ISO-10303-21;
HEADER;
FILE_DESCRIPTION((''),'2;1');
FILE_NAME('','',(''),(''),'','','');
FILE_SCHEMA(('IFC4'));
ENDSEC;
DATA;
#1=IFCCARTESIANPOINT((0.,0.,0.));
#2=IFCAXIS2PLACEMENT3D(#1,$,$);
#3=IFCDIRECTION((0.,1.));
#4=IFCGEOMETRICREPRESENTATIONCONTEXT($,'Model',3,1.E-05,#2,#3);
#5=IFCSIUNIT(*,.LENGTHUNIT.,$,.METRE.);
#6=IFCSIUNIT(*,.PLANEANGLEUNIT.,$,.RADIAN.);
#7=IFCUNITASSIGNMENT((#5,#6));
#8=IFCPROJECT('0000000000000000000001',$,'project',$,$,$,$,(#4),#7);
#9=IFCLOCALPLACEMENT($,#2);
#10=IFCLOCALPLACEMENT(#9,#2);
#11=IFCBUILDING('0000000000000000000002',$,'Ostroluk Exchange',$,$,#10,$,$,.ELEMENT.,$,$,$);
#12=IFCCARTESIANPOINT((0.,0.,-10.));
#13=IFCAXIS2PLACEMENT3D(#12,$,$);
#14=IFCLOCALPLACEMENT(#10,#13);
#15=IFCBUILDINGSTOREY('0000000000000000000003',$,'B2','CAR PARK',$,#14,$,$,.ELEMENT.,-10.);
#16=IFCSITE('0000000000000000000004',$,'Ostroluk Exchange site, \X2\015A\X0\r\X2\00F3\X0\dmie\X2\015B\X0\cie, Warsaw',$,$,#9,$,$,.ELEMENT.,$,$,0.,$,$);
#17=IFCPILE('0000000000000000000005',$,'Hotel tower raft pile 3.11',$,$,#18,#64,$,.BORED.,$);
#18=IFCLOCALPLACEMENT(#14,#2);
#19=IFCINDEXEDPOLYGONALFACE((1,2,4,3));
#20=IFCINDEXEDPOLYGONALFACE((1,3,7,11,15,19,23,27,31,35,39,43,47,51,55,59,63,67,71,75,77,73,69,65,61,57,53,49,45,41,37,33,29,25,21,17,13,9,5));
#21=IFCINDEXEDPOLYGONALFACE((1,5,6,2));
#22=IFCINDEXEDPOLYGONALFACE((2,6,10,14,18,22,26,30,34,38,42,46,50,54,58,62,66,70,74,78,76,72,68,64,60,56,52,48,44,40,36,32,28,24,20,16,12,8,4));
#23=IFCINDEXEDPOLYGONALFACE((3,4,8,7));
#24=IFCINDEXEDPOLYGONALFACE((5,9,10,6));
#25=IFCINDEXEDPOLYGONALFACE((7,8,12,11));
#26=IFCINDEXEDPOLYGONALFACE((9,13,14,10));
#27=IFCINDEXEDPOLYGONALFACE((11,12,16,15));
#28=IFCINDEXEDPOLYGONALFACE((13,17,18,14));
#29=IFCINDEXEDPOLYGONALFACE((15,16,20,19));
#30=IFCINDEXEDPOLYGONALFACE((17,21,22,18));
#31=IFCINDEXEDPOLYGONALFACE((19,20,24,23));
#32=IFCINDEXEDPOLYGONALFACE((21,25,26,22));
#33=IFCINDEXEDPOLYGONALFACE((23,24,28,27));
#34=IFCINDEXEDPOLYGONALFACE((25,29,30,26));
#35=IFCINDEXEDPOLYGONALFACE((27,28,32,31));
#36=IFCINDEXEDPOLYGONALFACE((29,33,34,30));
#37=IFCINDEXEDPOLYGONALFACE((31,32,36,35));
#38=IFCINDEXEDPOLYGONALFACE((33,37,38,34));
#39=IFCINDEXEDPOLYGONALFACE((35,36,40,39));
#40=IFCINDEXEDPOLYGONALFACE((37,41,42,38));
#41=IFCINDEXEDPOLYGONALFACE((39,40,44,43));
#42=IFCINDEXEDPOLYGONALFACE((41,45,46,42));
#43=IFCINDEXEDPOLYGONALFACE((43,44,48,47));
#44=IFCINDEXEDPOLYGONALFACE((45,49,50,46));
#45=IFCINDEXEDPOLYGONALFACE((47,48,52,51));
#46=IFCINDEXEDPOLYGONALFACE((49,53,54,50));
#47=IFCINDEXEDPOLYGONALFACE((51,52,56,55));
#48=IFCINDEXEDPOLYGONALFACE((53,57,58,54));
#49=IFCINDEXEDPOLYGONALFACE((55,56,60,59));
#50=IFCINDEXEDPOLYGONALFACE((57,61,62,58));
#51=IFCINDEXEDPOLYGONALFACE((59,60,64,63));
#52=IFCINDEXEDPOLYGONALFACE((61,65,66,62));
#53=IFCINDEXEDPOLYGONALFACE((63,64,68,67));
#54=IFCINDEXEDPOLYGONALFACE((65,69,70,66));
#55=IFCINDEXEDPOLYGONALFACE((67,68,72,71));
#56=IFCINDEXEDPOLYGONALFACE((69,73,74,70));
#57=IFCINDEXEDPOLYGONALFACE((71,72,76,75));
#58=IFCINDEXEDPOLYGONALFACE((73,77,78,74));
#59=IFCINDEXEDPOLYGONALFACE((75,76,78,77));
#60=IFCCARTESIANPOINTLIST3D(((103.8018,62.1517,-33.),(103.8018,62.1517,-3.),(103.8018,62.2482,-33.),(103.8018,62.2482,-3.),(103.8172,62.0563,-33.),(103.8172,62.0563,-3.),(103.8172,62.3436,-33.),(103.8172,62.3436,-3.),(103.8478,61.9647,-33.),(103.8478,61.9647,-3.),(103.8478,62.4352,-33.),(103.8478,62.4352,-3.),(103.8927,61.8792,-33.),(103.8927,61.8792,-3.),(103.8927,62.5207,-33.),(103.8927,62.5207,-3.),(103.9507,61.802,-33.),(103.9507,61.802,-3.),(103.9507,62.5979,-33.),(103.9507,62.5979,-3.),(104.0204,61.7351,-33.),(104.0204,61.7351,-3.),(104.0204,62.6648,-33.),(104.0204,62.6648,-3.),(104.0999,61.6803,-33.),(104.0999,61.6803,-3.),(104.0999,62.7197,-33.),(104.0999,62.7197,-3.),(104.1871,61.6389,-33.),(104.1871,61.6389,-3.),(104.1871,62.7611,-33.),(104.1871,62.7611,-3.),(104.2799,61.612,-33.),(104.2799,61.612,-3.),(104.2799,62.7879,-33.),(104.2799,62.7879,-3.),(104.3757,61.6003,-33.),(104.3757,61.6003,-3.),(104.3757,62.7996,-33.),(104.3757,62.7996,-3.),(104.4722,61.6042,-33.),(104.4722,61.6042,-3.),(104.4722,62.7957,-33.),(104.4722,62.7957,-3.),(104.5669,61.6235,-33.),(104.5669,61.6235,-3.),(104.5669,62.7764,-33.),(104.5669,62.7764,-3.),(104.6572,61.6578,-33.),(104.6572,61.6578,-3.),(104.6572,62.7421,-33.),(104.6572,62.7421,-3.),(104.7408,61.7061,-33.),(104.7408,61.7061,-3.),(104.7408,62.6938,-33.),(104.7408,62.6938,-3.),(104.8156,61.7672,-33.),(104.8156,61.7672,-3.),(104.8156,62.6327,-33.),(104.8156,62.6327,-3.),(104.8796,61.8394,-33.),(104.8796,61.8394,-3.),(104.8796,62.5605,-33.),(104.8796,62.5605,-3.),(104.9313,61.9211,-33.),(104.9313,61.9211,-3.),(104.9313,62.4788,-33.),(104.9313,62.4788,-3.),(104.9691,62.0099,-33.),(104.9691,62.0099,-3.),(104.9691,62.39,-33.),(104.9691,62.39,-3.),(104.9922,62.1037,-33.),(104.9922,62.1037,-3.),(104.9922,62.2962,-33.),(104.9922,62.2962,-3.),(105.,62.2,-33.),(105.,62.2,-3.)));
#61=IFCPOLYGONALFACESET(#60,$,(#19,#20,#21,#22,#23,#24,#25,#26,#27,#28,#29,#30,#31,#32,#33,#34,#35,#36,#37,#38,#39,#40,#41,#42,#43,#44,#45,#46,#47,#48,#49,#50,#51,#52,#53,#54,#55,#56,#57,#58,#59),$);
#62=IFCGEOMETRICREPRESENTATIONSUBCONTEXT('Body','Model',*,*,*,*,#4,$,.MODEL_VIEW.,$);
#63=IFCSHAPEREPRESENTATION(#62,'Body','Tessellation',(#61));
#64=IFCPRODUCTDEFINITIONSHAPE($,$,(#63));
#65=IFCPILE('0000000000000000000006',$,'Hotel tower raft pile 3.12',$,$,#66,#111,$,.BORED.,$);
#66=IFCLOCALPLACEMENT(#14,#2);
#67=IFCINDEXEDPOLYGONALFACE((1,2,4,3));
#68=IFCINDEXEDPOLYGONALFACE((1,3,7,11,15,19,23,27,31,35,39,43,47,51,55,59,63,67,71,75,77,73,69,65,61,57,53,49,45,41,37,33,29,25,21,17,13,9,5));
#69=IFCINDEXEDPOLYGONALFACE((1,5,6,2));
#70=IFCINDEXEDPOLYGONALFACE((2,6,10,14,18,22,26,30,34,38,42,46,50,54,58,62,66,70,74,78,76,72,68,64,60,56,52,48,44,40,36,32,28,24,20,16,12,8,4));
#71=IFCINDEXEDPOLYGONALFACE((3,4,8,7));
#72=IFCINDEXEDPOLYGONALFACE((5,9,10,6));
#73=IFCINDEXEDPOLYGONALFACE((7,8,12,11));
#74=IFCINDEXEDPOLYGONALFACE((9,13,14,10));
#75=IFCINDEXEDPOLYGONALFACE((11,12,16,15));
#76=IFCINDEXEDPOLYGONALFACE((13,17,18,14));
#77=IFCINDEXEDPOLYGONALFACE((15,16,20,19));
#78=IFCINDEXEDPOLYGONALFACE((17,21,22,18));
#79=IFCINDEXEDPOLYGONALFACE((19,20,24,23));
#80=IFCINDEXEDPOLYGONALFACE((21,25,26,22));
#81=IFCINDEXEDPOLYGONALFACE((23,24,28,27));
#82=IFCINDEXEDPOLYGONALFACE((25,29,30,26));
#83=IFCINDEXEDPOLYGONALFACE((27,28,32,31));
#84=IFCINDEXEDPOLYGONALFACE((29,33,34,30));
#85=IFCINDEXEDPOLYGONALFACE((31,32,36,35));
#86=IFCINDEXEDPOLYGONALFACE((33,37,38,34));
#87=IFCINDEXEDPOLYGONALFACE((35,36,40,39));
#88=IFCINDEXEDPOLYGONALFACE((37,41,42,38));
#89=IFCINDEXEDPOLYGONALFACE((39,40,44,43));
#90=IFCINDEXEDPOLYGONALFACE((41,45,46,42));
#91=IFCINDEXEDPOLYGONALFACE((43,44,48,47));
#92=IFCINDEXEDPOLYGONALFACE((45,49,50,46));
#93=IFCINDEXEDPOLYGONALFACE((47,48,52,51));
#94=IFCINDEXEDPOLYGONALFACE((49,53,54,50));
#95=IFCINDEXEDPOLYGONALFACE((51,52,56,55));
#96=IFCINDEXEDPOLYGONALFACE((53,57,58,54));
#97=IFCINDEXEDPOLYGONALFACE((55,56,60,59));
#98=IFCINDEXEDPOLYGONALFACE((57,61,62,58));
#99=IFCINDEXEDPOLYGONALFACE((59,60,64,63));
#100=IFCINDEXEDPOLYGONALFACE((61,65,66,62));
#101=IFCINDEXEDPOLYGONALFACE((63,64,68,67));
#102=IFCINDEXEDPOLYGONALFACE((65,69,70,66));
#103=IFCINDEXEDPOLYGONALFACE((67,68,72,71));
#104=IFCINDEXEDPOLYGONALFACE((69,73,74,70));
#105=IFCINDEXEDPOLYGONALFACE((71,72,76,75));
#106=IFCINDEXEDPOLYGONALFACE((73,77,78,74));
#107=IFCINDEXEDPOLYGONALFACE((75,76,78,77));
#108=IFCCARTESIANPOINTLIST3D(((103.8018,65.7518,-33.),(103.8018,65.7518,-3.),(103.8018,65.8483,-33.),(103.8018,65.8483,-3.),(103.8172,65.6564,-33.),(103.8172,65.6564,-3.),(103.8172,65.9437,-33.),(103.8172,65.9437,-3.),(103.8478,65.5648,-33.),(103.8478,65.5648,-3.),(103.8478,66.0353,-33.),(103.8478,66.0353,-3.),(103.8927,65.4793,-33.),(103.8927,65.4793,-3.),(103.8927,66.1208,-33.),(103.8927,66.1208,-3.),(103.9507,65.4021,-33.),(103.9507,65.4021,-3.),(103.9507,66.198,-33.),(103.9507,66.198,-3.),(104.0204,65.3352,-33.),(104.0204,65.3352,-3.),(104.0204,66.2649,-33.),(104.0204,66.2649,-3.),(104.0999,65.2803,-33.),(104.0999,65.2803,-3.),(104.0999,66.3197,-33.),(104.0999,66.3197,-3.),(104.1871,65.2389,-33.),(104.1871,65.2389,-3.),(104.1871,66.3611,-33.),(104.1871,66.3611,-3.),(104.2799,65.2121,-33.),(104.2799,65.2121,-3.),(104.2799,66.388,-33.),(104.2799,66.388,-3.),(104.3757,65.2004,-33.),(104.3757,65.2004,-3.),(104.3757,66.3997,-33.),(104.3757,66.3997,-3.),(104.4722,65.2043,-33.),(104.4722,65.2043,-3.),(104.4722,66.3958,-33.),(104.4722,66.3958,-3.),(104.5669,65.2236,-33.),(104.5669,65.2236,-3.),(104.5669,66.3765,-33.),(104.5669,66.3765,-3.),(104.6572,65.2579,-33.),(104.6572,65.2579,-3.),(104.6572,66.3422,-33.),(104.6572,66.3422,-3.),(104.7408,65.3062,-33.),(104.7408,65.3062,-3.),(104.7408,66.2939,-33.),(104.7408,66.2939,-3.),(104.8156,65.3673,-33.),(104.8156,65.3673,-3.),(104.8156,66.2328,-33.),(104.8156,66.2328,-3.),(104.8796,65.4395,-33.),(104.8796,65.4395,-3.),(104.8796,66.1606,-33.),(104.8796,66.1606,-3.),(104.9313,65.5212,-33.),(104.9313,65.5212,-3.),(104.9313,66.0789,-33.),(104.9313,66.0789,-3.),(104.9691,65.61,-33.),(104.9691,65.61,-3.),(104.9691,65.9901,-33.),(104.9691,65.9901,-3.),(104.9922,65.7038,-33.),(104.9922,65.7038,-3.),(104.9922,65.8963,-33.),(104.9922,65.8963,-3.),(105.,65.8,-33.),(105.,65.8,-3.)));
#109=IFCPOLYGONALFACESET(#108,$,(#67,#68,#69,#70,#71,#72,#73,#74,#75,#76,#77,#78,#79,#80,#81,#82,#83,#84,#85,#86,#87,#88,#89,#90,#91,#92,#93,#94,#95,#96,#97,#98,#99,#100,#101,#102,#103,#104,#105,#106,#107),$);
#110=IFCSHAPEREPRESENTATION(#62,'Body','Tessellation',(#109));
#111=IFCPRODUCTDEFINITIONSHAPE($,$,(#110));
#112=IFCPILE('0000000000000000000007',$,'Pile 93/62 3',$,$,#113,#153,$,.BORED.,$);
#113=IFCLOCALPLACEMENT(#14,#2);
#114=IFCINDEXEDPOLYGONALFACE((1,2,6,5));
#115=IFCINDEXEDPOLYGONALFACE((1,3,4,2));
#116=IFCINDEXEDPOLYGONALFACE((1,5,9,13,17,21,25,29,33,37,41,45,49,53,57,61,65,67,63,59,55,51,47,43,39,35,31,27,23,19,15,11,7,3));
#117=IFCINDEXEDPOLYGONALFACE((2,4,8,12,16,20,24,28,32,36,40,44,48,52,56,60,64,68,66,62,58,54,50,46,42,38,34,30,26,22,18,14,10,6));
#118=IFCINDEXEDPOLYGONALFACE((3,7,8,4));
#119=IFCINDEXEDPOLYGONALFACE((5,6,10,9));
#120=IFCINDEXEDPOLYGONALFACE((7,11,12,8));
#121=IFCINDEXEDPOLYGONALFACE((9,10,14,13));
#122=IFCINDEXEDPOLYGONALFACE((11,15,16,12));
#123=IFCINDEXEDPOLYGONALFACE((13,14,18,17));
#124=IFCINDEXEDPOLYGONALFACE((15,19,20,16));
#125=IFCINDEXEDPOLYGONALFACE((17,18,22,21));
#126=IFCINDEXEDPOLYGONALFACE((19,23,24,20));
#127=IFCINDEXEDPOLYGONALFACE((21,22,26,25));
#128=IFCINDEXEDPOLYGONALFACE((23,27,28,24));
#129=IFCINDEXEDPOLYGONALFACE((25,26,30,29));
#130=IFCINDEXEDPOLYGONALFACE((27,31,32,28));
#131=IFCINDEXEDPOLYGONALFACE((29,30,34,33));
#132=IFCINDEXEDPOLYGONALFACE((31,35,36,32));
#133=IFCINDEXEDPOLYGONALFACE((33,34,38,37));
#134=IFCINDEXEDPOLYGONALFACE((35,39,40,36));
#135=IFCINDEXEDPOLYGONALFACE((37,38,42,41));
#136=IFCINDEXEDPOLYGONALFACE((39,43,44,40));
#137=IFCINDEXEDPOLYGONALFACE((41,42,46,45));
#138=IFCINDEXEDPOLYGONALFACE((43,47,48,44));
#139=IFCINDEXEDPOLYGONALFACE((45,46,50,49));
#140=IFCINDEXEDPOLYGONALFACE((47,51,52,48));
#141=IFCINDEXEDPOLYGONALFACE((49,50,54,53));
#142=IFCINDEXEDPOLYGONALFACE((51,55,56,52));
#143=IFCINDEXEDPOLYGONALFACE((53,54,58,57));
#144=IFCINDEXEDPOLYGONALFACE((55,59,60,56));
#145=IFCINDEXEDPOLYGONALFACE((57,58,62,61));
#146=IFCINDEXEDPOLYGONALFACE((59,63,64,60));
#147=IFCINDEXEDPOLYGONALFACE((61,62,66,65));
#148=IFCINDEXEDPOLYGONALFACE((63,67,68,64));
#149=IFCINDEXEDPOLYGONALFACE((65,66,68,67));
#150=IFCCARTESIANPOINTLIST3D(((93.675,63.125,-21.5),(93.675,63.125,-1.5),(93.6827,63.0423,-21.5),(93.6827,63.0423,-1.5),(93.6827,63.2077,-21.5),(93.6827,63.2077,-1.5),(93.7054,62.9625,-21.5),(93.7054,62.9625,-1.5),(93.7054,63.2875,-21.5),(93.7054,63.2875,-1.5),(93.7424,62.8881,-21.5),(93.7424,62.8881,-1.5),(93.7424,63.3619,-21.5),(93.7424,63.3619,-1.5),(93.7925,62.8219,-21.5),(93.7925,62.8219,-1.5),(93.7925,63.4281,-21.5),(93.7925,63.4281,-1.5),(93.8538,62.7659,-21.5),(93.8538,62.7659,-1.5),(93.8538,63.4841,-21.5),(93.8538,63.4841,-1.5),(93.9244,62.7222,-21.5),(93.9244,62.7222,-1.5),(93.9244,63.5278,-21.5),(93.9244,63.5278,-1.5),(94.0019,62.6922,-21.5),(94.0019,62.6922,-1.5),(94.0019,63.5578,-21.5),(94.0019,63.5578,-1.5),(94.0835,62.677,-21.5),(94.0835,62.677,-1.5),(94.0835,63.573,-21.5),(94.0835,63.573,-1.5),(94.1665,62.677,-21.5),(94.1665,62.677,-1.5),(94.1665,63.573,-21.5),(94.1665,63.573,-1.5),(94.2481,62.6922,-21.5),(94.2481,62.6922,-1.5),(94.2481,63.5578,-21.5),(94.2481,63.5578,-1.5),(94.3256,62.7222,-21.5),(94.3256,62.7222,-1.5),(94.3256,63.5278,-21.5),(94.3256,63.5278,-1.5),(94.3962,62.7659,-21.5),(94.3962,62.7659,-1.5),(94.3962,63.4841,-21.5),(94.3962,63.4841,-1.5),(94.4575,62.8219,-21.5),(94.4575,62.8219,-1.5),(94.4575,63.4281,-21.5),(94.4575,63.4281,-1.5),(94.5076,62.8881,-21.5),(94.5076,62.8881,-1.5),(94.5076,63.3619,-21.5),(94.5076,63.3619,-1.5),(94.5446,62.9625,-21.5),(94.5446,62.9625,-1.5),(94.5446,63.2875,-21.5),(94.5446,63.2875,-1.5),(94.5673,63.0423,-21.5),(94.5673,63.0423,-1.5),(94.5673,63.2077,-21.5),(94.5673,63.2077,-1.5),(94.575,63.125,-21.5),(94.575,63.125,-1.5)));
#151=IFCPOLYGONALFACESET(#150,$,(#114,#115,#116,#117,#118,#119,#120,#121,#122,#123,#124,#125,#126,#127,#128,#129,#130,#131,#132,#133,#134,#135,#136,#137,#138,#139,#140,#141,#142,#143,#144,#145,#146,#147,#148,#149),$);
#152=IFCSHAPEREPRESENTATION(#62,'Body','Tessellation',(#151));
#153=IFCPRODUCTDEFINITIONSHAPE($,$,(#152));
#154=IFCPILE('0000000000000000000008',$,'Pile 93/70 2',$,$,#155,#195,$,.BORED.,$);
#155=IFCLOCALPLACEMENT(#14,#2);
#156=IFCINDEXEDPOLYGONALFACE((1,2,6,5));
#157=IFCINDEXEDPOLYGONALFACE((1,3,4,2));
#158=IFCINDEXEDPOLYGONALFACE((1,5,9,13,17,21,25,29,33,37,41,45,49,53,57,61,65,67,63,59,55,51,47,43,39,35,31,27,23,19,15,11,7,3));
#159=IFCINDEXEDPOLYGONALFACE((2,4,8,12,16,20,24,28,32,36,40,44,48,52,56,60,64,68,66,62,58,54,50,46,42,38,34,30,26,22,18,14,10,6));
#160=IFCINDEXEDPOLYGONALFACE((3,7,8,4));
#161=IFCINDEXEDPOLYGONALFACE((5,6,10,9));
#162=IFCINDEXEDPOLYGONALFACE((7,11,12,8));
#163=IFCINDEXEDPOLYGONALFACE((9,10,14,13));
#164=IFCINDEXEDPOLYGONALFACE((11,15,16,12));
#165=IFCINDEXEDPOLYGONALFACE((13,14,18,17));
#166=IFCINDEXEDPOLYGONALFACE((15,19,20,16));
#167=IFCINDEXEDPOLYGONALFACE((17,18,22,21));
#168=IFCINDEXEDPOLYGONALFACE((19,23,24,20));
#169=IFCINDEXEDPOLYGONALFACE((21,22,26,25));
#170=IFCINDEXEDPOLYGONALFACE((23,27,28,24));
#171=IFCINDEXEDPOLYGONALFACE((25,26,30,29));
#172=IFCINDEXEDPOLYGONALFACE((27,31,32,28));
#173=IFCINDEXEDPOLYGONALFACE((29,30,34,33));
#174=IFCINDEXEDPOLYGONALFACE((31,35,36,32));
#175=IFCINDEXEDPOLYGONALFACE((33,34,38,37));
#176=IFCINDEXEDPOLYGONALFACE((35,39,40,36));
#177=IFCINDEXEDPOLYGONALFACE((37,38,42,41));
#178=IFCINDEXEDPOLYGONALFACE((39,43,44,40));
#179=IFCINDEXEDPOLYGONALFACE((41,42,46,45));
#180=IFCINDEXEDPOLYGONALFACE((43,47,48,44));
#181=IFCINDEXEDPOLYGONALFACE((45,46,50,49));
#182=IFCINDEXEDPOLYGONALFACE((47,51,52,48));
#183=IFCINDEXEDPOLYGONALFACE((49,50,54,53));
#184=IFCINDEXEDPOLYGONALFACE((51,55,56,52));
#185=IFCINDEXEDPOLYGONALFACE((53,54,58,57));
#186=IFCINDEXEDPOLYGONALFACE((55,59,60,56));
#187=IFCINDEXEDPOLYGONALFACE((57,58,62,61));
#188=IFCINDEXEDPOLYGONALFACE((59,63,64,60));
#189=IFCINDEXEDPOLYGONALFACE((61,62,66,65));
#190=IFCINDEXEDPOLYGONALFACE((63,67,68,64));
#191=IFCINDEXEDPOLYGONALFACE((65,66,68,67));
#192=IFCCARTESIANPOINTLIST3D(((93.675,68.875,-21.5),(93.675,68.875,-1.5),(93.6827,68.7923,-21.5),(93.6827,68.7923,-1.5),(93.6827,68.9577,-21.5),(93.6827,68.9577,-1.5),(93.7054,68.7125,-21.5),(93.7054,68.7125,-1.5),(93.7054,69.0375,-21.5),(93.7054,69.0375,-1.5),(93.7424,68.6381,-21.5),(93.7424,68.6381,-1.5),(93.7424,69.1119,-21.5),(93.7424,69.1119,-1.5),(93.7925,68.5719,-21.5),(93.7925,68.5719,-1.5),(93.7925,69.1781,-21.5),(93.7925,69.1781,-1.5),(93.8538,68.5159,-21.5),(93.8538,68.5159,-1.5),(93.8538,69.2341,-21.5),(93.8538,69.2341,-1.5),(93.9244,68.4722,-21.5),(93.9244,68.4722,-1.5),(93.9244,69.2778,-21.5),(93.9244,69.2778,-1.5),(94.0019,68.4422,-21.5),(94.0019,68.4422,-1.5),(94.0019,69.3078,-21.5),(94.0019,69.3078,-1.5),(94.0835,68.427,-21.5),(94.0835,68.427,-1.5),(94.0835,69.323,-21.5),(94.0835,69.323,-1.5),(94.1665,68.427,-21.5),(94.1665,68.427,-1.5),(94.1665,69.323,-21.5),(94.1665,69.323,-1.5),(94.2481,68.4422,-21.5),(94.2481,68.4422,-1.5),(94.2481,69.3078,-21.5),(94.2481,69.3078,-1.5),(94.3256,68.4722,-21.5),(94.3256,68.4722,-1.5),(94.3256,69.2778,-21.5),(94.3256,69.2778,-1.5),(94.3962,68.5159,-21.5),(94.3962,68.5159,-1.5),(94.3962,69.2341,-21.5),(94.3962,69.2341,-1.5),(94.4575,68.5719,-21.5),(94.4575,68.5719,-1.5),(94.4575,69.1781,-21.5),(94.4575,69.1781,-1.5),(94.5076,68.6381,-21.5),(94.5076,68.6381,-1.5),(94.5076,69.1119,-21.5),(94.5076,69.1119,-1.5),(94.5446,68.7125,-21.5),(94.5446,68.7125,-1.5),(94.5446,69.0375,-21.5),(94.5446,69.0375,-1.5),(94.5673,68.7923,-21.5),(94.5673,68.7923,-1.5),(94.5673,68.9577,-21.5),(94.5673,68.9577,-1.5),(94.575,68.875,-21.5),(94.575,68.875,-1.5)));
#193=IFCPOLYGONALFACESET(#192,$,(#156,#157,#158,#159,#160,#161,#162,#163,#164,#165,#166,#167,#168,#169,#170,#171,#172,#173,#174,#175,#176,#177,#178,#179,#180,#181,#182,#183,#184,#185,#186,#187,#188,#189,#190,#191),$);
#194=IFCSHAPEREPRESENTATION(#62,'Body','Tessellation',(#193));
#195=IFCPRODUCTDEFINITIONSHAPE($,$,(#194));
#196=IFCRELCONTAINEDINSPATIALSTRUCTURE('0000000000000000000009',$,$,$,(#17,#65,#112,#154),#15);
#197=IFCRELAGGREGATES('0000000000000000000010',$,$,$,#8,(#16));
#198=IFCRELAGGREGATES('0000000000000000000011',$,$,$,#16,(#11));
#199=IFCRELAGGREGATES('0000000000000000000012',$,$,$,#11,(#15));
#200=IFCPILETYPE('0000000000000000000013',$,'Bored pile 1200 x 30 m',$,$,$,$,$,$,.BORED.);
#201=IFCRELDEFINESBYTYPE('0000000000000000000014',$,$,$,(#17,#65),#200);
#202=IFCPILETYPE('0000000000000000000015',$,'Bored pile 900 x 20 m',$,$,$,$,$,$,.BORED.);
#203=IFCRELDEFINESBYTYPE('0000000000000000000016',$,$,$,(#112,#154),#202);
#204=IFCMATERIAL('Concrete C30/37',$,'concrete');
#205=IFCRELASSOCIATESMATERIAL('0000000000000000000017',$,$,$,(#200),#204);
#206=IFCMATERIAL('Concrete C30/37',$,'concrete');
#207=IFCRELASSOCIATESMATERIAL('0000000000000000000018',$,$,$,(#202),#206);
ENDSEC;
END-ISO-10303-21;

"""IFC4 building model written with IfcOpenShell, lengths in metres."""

from ifc_helpers import new_model, si_unit, direction, frame, origin, origin_2d, place, context, subcontext, project, spatial, circle, extrude, material, type_object, element, save


model = new_model("IFC4")

# Units and contexts
model_context = context("Model", 3, precision=1e-05, world=origin(), true_north=direction((0.0, 1.0)))
body_context = subcontext(model_context, "Body", "Model", "MODEL_VIEW")
ifc_project = project(units=[si_unit("LENGTHUNIT", "METRE"), si_unit("PLANEANGLEUNIT", "RADIAN")], contexts=[model_context])

# Site, building, storey
site_placement = place(None, origin())
site = spatial("IfcSite", under=ifc_project, at=site_placement, Name="Ostroluk Exchange site, Śródmieście, Warsaw", CompositionType="ELEMENT", RefElevation=0.0)
building_placement = place(site_placement, origin())
building = spatial("IfcBuilding", under=site, at=building_placement, Name="Ostroluk Exchange", CompositionType="ELEMENT")
storey_placement = place(building_placement, frame((0.0, 0.0, -10.0)))
storey = spatial("IfcBuildingStorey", under=building, at=storey_placement, Name="B2", Description="CAR PARK", CompositionType="ELEMENT", Elevation=-10.0)

# Piles
ifc_material_1 = material(Name="Concrete C30/37", Category="concrete")
pile_type_1 = type_object("IfcPileType", Name="Bored pile 1200 x 30 m", PredefinedType="BORED", material=ifc_material_1)
for number, where, z_axis, x_axis, name in (
    (1, (104.3999, 62.2, -3.0), (0.0, 0.0, -1.0), (1.0, 0.0, 0.0), "Hotel tower raft pile 3.11"),
    (2, (104.3999, 65.8, -3.0), (0.0, 0.0, -1.0), (1.0, 0.0, 0.0), "Hotel tower raft pile 3.12"),
):
    element("IfcPile", number, at=place(storey_placement, frame(where, z_axis=z_axis, x_axis=x_axis)), inside=storey, type_object=pile_type_1, Name=name, PredefinedType="BORED", context=body_context, shape_type="SweptSolid", body=[
        extrude(circle(Radius=0.6001, at=origin_2d()), origin(), (0.0, 0.0, 1.0), 30.0),
    ])
ifc_material_2 = material(Name="Concrete C30/37", Category="concrete")
pile_type_2 = type_object("IfcPileType", Name="Bored pile 900 x 20 m", PredefinedType="BORED", material=ifc_material_2)
for number, where, z_axis, x_axis, name in (
    (3, (94.125, 63.125, -1.5), (0.0, 0.0, -1.0), (1.0, 0.0, 0.0), "Pile 93/62 3"),
    (4, (94.125, 68.875, -1.5), (0.0, 0.0, -1.0), (1.0, 0.0, 0.0), "Pile 93/70 2"),
):
    element("IfcPile", number, at=place(storey_placement, frame(where, z_axis=z_axis, x_axis=x_axis)), inside=storey, type_object=pile_type_2, Name=name, PredefinedType="BORED", context=body_context, shape_type="SweptSolid", body=[
        extrude(circle(Radius=0.45, at=origin_2d()), origin(), (0.0, 0.0, 1.0), 20.0),
    ])

save(model, "model.ifc")
